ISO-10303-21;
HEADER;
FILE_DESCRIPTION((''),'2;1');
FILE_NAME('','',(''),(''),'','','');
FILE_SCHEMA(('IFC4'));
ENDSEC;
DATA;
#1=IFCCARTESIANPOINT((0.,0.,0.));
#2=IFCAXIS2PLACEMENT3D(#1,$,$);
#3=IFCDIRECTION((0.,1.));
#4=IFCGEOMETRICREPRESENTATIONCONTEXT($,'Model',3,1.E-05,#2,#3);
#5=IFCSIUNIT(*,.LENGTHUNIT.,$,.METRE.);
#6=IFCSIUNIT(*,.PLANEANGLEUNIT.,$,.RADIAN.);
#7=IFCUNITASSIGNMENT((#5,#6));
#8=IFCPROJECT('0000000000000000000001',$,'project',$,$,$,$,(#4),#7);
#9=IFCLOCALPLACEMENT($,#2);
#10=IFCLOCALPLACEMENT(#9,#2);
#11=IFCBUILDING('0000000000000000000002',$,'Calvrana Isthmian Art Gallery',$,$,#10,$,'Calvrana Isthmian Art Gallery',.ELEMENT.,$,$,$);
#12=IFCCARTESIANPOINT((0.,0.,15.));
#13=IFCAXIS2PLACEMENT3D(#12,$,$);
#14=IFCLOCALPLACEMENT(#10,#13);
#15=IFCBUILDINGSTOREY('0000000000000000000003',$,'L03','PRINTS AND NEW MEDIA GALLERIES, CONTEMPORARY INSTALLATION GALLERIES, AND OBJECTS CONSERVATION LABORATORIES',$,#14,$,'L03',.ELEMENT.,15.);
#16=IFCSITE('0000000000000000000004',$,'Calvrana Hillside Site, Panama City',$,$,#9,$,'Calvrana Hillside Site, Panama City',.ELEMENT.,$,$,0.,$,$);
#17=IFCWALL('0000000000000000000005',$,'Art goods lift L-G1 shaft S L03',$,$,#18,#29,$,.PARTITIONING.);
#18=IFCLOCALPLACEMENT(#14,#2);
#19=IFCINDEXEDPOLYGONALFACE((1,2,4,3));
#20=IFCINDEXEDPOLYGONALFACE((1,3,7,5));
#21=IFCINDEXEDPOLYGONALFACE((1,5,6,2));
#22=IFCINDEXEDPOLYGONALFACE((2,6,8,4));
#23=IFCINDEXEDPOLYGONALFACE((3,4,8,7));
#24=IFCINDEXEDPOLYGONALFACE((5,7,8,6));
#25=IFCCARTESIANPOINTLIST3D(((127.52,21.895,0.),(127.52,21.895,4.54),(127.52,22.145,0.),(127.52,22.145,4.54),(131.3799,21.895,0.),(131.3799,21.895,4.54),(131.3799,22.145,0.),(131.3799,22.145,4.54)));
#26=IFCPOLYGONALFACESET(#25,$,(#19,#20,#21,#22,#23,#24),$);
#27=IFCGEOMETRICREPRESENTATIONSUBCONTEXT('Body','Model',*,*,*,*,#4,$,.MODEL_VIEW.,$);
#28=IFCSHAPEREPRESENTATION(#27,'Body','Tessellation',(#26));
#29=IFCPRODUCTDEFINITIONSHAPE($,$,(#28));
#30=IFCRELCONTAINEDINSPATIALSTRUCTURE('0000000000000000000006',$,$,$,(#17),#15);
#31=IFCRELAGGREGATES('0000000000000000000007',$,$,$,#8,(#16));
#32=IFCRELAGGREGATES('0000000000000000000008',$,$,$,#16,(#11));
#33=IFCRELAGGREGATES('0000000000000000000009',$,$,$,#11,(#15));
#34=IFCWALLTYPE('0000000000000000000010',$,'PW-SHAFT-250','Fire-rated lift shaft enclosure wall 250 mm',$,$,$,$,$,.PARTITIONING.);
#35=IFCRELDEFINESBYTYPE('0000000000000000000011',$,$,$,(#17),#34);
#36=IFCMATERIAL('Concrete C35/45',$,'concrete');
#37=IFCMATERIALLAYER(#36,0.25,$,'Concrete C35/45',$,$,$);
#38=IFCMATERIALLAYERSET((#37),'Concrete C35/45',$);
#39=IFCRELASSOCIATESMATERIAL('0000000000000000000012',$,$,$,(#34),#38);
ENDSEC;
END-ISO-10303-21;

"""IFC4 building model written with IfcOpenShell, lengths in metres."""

from ifc_helpers import new_model, si_unit, direction, frame, frame_2d, origin, place, context, subcontext, project, spatial, rectangle, extrude, material, layer, layer_set, type_object, element, save


model = new_model("IFC4")

# Units and contexts
model_context = context("Model", 3, precision=1e-05, world=origin(), true_north=direction((0.0, 1.0)))
body_context = subcontext(model_context, "Body", "Model", "MODEL_VIEW")
ifc_project = project(units=[si_unit("LENGTHUNIT", "METRE"), si_unit("PLANEANGLEUNIT", "RADIAN")], contexts=[model_context])

# Site, building, storey
site_placement = place(None, origin())
site = spatial("IfcSite", under=ifc_project, at=site_placement, Name="Calvrana Hillside Site, Panama City", LongName="Calvrana Hillside Site, Panama City", CompositionType="ELEMENT", RefElevation=0.0)
building_placement = place(site_placement, origin())
building = spatial("IfcBuilding", under=site, at=building_placement, Name="Calvrana Isthmian Art Gallery", LongName="Calvrana Isthmian Art Gallery", CompositionType="ELEMENT")
storey_placement = place(building_placement, frame((0.0, 0.0, 15.0)))
storey = spatial("IfcBuildingStorey", under=building, at=storey_placement, Name="L03", Description="PRINTS AND NEW MEDIA GALLERIES, CONTEMPORARY INSTALLATION GALLERIES, AND OBJECTS CONSERVATION LABORATORIES", LongName="L03", CompositionType="ELEMENT", Elevation=15.0)

# Wall
ifc_material_1 = material(Name="Concrete C35/45", Category="concrete")
ifc_layer_1 = layer(ifc_material_1, 0.25, Name="Concrete C35/45")
ifc_layer_set_1 = layer_set([ifc_layer_1], Name="Concrete C35/45")
wall_type_1 = type_object("IfcWallType", Name="PW-SHAFT-250", Description="Fire-rated lift shaft enclosure wall 250 mm", PredefinedType="PARTITIONING", material=ifc_layer_set_1)
wall_1_placement = place(storey_placement, frame((127.52, 22.02, 0.0), z_axis=(0.0, 0.0, 1.0), x_axis=(1.0, 0.0, 0.0)))
element("IfcWall", 1, at=wall_1_placement, inside=storey, type_object=wall_type_1, Name="Art goods lift L-G1 shaft S L03", PredefinedType="PARTITIONING", context=body_context, shape_type="SweptSolid", body=[
    extrude(rectangle(XDim=3.8599, YDim=0.25, at=frame_2d((1.9299, 0.0))), origin(), (0.0, 0.0, 1.0), 4.54),
])

save(model, "model.ifc")
